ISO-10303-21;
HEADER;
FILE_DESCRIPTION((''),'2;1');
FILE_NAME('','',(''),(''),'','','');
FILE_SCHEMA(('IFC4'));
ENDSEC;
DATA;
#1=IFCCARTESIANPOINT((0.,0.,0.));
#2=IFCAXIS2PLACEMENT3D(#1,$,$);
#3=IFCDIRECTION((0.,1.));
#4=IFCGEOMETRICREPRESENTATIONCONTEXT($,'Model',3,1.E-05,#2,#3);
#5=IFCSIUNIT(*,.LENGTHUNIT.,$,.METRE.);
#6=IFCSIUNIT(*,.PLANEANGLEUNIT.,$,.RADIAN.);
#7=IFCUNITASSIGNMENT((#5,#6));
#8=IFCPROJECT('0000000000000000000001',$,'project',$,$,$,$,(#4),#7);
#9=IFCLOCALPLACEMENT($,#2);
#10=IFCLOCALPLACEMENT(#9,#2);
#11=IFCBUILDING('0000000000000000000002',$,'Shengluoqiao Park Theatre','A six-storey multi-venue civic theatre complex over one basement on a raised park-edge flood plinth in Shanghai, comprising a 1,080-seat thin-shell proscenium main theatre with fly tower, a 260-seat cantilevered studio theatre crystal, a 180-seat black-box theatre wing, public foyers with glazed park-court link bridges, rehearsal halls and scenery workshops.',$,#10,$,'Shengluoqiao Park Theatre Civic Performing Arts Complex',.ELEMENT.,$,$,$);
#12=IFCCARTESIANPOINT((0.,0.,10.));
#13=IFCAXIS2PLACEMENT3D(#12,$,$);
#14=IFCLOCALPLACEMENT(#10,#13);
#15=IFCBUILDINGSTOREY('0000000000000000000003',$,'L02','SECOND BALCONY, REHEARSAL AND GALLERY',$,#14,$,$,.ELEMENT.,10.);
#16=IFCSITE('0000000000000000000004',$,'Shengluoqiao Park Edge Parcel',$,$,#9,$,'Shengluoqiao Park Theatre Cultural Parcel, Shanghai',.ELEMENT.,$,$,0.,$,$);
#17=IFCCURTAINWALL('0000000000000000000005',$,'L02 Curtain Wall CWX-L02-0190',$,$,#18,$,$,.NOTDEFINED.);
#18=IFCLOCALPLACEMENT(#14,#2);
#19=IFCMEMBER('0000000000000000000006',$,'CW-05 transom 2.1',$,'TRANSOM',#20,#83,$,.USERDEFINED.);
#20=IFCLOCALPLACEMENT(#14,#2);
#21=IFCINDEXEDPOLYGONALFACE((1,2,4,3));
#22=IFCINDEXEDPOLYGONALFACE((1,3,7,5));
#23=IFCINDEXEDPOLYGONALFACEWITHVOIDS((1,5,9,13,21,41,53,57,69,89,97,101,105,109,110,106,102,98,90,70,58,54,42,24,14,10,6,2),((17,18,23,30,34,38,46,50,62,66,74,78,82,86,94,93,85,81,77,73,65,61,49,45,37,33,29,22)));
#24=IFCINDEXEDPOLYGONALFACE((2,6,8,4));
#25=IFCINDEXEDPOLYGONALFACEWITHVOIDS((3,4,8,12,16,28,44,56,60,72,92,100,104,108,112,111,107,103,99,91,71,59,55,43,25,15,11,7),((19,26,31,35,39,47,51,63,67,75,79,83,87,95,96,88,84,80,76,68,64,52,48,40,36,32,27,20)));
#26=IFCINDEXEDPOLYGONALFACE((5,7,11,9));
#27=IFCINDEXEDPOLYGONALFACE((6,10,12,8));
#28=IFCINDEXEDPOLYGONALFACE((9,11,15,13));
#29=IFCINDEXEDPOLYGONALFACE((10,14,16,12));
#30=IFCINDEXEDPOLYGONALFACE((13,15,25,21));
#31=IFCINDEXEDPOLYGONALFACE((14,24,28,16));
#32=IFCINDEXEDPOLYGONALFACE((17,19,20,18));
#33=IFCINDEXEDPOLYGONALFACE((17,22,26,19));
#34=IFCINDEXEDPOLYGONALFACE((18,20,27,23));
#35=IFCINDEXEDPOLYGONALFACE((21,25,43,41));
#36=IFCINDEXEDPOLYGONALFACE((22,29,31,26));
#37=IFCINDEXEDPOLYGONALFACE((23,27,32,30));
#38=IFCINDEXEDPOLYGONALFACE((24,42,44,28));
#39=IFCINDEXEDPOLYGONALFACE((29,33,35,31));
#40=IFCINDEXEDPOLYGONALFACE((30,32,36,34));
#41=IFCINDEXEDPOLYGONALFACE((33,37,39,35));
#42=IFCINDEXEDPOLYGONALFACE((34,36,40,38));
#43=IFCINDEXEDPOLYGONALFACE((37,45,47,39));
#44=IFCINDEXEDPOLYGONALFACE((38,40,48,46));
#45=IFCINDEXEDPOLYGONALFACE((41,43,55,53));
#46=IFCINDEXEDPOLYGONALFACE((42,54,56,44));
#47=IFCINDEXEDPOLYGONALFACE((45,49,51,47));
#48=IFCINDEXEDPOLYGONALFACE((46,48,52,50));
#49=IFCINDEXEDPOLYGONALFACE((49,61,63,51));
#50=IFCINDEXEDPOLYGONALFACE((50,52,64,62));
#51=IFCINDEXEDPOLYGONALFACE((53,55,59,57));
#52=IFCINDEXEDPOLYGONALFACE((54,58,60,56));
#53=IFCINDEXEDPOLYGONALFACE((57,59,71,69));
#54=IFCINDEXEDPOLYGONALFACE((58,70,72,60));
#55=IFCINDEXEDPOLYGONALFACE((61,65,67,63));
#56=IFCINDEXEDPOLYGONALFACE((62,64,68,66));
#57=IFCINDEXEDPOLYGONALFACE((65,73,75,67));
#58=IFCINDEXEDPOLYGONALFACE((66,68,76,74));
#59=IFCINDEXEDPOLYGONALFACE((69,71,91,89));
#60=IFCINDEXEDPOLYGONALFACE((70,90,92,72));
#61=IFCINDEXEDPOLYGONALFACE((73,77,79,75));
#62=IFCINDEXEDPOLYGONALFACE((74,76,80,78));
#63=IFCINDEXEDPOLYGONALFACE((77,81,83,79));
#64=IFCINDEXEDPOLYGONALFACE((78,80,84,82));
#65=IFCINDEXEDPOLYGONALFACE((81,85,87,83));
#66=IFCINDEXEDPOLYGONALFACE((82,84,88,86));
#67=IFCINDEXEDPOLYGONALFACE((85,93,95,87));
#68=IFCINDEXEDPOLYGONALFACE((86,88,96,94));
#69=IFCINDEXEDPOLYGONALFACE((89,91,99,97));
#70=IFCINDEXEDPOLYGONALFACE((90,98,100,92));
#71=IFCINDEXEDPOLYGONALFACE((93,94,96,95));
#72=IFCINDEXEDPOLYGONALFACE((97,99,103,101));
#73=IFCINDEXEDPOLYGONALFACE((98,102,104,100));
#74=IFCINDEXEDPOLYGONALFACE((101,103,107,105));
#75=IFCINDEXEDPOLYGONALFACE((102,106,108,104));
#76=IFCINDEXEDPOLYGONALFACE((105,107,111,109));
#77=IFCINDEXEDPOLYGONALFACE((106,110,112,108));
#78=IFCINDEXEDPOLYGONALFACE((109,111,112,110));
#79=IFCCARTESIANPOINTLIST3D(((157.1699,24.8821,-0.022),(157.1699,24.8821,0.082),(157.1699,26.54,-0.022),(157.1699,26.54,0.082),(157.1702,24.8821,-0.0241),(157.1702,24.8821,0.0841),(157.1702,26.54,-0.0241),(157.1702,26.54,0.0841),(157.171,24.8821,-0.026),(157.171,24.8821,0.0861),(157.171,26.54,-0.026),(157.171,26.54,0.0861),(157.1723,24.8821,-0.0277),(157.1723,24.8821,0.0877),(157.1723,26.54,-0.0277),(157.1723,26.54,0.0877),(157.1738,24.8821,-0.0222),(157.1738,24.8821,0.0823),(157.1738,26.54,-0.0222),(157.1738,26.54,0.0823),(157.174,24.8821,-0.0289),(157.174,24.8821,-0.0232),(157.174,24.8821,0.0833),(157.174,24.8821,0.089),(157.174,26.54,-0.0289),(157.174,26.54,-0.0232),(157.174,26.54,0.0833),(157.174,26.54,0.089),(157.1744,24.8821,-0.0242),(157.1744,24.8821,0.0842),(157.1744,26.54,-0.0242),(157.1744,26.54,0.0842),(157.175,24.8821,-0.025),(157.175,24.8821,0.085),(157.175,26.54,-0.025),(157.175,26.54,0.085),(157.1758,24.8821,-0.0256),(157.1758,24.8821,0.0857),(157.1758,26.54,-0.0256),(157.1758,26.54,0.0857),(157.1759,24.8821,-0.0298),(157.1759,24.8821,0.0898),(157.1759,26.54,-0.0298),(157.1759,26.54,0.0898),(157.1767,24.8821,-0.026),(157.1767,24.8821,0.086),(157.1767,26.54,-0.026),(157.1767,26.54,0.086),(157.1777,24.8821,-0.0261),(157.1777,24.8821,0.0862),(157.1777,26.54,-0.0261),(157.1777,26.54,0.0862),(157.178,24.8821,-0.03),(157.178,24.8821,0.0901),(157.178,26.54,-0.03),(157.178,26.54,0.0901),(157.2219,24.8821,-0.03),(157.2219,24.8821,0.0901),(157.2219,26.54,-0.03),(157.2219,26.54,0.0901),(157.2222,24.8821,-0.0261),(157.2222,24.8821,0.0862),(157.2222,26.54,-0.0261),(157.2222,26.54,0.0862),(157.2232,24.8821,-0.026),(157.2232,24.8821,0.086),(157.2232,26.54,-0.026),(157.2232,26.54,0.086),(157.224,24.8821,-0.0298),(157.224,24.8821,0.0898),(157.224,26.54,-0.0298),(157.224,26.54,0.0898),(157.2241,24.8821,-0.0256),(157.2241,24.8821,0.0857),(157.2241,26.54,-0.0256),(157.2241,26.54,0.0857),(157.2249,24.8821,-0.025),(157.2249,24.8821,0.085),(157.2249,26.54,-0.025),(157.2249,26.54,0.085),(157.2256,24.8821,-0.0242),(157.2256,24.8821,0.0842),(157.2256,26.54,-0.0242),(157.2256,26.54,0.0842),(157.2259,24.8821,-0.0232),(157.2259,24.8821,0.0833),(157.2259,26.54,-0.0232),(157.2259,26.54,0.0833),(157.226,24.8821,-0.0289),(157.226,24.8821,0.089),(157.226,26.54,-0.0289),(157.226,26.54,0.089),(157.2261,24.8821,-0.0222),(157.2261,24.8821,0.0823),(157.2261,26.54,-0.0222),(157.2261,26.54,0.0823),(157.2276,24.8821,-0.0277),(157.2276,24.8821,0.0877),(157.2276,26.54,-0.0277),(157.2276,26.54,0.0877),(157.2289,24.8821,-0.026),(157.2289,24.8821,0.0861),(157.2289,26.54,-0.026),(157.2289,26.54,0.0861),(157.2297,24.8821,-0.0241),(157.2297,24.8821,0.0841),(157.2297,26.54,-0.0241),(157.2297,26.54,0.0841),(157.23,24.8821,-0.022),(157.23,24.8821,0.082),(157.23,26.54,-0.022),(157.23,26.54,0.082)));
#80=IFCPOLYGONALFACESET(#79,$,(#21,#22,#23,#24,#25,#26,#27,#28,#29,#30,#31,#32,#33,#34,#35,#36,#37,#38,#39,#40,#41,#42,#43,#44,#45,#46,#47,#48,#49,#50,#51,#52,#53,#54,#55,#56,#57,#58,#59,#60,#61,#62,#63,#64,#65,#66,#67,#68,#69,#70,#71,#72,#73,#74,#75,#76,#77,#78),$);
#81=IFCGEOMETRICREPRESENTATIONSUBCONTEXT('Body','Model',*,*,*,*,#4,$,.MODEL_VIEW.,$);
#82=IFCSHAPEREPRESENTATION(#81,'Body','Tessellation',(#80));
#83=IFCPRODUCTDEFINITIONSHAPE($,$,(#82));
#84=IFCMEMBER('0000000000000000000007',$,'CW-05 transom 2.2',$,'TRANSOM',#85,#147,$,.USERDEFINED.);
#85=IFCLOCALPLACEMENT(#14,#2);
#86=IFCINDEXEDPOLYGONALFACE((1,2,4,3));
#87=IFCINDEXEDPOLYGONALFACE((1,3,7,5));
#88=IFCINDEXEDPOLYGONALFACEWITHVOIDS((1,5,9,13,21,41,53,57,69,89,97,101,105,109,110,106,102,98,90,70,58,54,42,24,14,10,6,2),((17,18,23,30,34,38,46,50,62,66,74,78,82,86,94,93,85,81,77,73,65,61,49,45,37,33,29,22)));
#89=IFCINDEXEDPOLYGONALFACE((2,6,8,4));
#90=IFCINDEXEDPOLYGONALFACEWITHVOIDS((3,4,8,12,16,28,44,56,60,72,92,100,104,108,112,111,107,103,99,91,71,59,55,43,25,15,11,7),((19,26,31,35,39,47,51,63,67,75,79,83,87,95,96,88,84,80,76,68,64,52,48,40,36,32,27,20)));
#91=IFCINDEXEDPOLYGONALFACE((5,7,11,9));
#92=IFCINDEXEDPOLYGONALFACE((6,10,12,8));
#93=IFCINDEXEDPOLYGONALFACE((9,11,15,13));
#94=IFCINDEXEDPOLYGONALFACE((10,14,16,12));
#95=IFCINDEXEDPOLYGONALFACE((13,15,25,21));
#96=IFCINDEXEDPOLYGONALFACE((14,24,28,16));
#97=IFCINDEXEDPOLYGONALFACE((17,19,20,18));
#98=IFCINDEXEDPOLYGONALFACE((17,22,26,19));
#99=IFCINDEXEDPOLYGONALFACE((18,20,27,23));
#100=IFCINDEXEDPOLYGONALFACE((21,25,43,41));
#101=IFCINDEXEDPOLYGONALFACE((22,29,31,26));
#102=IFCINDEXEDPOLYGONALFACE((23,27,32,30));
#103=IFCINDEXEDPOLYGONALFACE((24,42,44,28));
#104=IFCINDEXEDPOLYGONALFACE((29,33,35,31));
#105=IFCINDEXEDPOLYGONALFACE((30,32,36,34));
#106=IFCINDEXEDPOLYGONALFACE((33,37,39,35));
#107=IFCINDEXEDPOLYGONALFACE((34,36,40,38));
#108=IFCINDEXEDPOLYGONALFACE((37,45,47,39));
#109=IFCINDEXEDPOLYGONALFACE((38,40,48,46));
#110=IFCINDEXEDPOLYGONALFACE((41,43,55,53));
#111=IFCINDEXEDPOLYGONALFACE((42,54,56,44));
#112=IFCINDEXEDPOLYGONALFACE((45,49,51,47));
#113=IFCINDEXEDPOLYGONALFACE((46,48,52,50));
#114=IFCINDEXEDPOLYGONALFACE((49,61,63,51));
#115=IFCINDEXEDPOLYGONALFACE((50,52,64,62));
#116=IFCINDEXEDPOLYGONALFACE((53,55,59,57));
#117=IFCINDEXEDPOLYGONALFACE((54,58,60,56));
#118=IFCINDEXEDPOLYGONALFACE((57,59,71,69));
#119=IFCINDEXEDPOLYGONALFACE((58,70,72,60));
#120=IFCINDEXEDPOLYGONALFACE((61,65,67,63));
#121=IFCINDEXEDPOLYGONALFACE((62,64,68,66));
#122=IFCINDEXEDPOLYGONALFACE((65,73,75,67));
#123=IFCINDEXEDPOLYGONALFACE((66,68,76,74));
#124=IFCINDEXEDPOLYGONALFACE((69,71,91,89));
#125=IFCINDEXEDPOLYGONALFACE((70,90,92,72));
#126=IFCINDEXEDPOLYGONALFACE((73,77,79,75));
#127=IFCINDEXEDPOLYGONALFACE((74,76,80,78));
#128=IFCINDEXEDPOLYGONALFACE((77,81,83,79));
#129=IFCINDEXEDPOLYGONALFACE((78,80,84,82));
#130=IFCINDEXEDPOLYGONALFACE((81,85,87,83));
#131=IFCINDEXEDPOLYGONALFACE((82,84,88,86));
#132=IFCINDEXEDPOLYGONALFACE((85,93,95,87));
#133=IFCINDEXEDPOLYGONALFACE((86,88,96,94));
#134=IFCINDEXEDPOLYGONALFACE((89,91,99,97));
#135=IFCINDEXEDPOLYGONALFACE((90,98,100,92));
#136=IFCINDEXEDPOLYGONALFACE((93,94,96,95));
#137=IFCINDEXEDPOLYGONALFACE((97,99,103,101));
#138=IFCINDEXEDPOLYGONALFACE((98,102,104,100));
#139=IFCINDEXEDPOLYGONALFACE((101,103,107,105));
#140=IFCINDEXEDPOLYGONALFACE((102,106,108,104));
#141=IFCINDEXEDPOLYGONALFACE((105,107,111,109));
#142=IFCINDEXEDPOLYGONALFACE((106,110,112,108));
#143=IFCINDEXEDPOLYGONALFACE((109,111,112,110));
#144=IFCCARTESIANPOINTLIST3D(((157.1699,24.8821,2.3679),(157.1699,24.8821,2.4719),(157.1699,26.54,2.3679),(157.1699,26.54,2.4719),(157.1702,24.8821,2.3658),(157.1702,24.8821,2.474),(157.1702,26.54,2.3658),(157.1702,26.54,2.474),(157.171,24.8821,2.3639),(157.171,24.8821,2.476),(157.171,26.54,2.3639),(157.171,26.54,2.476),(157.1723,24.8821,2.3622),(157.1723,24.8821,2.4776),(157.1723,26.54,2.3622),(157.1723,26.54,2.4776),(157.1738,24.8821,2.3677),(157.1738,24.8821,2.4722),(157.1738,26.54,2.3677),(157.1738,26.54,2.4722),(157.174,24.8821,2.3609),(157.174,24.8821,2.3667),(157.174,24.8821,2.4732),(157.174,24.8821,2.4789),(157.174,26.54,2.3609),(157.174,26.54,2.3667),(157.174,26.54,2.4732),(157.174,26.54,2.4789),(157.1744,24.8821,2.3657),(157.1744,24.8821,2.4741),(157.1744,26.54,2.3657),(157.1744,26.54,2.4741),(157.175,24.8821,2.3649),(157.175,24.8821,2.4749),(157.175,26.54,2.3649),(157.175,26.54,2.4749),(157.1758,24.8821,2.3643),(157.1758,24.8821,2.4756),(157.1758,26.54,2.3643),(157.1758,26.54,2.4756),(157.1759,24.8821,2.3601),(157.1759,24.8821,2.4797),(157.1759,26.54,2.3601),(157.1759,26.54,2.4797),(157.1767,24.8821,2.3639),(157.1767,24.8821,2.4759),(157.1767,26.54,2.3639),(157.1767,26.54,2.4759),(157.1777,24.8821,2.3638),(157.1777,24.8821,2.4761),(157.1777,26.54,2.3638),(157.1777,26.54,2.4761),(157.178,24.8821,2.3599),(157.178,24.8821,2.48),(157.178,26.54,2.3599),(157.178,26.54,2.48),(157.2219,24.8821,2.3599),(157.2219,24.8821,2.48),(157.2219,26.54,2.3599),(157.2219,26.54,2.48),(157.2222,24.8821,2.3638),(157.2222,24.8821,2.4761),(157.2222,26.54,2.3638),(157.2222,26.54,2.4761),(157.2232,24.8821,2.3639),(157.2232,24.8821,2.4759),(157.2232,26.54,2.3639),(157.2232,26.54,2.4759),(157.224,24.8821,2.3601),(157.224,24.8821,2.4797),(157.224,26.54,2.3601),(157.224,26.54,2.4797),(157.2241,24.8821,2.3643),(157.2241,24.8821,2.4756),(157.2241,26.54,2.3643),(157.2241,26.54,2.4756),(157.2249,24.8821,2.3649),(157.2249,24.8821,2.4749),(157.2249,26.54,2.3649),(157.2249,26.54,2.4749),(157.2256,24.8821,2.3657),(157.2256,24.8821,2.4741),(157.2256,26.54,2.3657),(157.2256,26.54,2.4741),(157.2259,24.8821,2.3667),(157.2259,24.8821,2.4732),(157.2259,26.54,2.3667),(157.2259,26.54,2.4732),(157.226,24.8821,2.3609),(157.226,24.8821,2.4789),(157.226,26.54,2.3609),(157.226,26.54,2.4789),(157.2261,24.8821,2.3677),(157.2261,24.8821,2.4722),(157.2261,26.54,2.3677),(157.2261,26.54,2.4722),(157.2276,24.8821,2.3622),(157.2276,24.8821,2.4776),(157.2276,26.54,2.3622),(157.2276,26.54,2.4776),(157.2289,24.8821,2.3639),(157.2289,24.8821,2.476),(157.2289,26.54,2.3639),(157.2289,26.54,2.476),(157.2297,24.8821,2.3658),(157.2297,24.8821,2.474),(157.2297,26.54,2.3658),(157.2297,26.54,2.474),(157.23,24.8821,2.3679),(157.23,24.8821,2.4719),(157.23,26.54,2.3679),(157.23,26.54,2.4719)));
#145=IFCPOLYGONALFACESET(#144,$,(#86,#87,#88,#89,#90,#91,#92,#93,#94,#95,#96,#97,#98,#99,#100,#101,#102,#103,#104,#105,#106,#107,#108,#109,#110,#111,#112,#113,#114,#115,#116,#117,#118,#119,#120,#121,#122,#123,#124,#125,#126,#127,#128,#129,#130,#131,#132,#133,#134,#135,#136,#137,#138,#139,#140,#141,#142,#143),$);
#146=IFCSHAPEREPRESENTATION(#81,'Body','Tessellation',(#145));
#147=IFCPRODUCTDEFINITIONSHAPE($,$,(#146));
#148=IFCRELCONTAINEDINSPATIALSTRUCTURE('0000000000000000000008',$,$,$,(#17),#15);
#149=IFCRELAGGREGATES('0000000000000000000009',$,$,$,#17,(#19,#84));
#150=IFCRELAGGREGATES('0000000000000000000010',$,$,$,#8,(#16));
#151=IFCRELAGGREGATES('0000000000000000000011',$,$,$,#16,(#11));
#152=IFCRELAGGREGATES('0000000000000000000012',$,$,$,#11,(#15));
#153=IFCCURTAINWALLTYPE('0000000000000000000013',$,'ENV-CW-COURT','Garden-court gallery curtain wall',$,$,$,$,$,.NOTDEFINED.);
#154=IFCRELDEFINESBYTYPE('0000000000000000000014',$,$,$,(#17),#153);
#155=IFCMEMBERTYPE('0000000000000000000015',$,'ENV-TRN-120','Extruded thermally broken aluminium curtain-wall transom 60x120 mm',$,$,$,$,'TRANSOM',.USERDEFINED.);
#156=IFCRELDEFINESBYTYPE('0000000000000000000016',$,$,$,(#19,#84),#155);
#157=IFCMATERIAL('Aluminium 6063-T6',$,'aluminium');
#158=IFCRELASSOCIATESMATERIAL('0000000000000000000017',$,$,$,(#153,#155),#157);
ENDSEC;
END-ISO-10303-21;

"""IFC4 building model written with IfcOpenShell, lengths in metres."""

from ifc_helpers import new_model, si_unit, direction, frame, origin, origin_2d, place, context, subcontext, project, spatial, hollow_rectangle, extrude, material, material_profile, profile_set, type_object, element, aggregate, save


model = new_model("IFC4")

# Units and contexts
model_context = context("Model", 3, precision=1e-05, world=origin(), true_north=direction((0.0, 1.0)))
body_context = subcontext(model_context, "Body", "Model", "MODEL_VIEW")
ifc_project = project(units=[si_unit("LENGTHUNIT", "METRE"), si_unit("PLANEANGLEUNIT", "RADIAN")], contexts=[model_context])

# Site, building, storey
site_placement = place(None, origin())
site = spatial("IfcSite", under=ifc_project, at=site_placement, Name="Shengluoqiao Park Edge Parcel", LongName="Shengluoqiao Park Theatre Cultural Parcel, Shanghai", CompositionType="ELEMENT", RefElevation=0.0)
building_placement = place(site_placement, origin())
building = spatial("IfcBuilding", under=site, at=building_placement, Name="Shengluoqiao Park Theatre", Description="A six-storey multi-venue civic theatre complex over one basement on a raised park-edge flood plinth in Shanghai, comprising a 1,080-seat thin-shell proscenium main theatre with fly tower, a 260-seat cantilevered studio theatre crystal, a 180-seat black-box theatre wing, public foyers with glazed park-court link bridges, rehearsal halls and scenery workshops.", LongName="Shengluoqiao Park Theatre Civic Performing Arts Complex", CompositionType="ELEMENT")
storey_placement = place(building_placement, frame((0.0, 0.0, 10.0)))
storey = spatial("IfcBuildingStorey", under=building, at=storey_placement, Name="L02", Description="SECOND BALCONY, REHEARSAL AND GALLERY", CompositionType="ELEMENT", Elevation=10.0)

# Curtain wall
ifc_material_1 = material(Name="Aluminium 6063-T6", Category="aluminium")
curtain_wall_type = type_object("IfcCurtainWallType", Name="ENV-CW-COURT", Description="Garden-court gallery curtain wall", PredefinedType="NOTDEFINED", material=ifc_material_1)
curtain_wall_1_placement = place(storey_placement, origin())
curtain_wall_1 = element("IfcCurtainWall", 1, at=curtain_wall_1_placement, inside=storey, type_object=curtain_wall_type, Name="L02 Curtain Wall CWX-L02-0190", PredefinedType="NOTDEFINED")

# Members
ifc_material_profile_1 = material_profile(ifc_material_1, hollow_rectangle(XDim=0.0601, YDim=0.1201, WallThickness=0.0039, InnerFilletRadius=0.0039, OuterFilletRadius=0.0081, at=origin_2d()), Name="ALU TRANSOM 120x60x4")
ifc_profile_set_1 = profile_set([ifc_material_profile_1], Name="Aluminium 6063-T6")
member_type_1 = type_object("IfcMemberType", Name="ENV-TRN-120", Description="Extruded thermally broken aluminium curtain-wall transom 60x120 mm", ElementType="TRANSOM", PredefinedType="USERDEFINED", material=ifc_profile_set_1)
member_1_placement = place(storey_placement, frame((157.2, 24.8821, 0.03), z_axis=(0.0, 1.0, 0.0), x_axis=(-1.0, 0.0, 0.0)))
member_1 = element("IfcMember", 2, at=member_1_placement, type_object=member_type_1, Name="CW-05 transom 2.1", ObjectType="TRANSOM", PredefinedType="USERDEFINED", context=body_context, shape_type="SweptSolid", body=[
    extrude(hollow_rectangle(XDim=0.0601, YDim=0.1201, WallThickness=0.0039, InnerFilletRadius=0.0039, OuterFilletRadius=0.0081, at=origin_2d()), origin(), (0.0, 0.0, 1.0), 1.658),
])
member_2_placement = place(storey_placement, frame((157.2, 24.8821, 2.4199), z_axis=(0.0, 1.0, 0.0), x_axis=(-1.0, 0.0, 0.0)))
member_2 = element("IfcMember", 3, at=member_2_placement, type_object=member_type_1, Name="CW-05 transom 2.2", ObjectType="TRANSOM", PredefinedType="USERDEFINED", context=body_context, shape_type="SweptSolid", body=[
    extrude(hollow_rectangle(XDim=0.0601, YDim=0.1201, WallThickness=0.0039, InnerFilletRadius=0.0039, OuterFilletRadius=0.0081, at=origin_2d()), origin(), (0.0, 0.0, 1.0), 1.658),
])

aggregate(curtain_wall_1, [member_1, member_2])

save(model, "model.ifc")
